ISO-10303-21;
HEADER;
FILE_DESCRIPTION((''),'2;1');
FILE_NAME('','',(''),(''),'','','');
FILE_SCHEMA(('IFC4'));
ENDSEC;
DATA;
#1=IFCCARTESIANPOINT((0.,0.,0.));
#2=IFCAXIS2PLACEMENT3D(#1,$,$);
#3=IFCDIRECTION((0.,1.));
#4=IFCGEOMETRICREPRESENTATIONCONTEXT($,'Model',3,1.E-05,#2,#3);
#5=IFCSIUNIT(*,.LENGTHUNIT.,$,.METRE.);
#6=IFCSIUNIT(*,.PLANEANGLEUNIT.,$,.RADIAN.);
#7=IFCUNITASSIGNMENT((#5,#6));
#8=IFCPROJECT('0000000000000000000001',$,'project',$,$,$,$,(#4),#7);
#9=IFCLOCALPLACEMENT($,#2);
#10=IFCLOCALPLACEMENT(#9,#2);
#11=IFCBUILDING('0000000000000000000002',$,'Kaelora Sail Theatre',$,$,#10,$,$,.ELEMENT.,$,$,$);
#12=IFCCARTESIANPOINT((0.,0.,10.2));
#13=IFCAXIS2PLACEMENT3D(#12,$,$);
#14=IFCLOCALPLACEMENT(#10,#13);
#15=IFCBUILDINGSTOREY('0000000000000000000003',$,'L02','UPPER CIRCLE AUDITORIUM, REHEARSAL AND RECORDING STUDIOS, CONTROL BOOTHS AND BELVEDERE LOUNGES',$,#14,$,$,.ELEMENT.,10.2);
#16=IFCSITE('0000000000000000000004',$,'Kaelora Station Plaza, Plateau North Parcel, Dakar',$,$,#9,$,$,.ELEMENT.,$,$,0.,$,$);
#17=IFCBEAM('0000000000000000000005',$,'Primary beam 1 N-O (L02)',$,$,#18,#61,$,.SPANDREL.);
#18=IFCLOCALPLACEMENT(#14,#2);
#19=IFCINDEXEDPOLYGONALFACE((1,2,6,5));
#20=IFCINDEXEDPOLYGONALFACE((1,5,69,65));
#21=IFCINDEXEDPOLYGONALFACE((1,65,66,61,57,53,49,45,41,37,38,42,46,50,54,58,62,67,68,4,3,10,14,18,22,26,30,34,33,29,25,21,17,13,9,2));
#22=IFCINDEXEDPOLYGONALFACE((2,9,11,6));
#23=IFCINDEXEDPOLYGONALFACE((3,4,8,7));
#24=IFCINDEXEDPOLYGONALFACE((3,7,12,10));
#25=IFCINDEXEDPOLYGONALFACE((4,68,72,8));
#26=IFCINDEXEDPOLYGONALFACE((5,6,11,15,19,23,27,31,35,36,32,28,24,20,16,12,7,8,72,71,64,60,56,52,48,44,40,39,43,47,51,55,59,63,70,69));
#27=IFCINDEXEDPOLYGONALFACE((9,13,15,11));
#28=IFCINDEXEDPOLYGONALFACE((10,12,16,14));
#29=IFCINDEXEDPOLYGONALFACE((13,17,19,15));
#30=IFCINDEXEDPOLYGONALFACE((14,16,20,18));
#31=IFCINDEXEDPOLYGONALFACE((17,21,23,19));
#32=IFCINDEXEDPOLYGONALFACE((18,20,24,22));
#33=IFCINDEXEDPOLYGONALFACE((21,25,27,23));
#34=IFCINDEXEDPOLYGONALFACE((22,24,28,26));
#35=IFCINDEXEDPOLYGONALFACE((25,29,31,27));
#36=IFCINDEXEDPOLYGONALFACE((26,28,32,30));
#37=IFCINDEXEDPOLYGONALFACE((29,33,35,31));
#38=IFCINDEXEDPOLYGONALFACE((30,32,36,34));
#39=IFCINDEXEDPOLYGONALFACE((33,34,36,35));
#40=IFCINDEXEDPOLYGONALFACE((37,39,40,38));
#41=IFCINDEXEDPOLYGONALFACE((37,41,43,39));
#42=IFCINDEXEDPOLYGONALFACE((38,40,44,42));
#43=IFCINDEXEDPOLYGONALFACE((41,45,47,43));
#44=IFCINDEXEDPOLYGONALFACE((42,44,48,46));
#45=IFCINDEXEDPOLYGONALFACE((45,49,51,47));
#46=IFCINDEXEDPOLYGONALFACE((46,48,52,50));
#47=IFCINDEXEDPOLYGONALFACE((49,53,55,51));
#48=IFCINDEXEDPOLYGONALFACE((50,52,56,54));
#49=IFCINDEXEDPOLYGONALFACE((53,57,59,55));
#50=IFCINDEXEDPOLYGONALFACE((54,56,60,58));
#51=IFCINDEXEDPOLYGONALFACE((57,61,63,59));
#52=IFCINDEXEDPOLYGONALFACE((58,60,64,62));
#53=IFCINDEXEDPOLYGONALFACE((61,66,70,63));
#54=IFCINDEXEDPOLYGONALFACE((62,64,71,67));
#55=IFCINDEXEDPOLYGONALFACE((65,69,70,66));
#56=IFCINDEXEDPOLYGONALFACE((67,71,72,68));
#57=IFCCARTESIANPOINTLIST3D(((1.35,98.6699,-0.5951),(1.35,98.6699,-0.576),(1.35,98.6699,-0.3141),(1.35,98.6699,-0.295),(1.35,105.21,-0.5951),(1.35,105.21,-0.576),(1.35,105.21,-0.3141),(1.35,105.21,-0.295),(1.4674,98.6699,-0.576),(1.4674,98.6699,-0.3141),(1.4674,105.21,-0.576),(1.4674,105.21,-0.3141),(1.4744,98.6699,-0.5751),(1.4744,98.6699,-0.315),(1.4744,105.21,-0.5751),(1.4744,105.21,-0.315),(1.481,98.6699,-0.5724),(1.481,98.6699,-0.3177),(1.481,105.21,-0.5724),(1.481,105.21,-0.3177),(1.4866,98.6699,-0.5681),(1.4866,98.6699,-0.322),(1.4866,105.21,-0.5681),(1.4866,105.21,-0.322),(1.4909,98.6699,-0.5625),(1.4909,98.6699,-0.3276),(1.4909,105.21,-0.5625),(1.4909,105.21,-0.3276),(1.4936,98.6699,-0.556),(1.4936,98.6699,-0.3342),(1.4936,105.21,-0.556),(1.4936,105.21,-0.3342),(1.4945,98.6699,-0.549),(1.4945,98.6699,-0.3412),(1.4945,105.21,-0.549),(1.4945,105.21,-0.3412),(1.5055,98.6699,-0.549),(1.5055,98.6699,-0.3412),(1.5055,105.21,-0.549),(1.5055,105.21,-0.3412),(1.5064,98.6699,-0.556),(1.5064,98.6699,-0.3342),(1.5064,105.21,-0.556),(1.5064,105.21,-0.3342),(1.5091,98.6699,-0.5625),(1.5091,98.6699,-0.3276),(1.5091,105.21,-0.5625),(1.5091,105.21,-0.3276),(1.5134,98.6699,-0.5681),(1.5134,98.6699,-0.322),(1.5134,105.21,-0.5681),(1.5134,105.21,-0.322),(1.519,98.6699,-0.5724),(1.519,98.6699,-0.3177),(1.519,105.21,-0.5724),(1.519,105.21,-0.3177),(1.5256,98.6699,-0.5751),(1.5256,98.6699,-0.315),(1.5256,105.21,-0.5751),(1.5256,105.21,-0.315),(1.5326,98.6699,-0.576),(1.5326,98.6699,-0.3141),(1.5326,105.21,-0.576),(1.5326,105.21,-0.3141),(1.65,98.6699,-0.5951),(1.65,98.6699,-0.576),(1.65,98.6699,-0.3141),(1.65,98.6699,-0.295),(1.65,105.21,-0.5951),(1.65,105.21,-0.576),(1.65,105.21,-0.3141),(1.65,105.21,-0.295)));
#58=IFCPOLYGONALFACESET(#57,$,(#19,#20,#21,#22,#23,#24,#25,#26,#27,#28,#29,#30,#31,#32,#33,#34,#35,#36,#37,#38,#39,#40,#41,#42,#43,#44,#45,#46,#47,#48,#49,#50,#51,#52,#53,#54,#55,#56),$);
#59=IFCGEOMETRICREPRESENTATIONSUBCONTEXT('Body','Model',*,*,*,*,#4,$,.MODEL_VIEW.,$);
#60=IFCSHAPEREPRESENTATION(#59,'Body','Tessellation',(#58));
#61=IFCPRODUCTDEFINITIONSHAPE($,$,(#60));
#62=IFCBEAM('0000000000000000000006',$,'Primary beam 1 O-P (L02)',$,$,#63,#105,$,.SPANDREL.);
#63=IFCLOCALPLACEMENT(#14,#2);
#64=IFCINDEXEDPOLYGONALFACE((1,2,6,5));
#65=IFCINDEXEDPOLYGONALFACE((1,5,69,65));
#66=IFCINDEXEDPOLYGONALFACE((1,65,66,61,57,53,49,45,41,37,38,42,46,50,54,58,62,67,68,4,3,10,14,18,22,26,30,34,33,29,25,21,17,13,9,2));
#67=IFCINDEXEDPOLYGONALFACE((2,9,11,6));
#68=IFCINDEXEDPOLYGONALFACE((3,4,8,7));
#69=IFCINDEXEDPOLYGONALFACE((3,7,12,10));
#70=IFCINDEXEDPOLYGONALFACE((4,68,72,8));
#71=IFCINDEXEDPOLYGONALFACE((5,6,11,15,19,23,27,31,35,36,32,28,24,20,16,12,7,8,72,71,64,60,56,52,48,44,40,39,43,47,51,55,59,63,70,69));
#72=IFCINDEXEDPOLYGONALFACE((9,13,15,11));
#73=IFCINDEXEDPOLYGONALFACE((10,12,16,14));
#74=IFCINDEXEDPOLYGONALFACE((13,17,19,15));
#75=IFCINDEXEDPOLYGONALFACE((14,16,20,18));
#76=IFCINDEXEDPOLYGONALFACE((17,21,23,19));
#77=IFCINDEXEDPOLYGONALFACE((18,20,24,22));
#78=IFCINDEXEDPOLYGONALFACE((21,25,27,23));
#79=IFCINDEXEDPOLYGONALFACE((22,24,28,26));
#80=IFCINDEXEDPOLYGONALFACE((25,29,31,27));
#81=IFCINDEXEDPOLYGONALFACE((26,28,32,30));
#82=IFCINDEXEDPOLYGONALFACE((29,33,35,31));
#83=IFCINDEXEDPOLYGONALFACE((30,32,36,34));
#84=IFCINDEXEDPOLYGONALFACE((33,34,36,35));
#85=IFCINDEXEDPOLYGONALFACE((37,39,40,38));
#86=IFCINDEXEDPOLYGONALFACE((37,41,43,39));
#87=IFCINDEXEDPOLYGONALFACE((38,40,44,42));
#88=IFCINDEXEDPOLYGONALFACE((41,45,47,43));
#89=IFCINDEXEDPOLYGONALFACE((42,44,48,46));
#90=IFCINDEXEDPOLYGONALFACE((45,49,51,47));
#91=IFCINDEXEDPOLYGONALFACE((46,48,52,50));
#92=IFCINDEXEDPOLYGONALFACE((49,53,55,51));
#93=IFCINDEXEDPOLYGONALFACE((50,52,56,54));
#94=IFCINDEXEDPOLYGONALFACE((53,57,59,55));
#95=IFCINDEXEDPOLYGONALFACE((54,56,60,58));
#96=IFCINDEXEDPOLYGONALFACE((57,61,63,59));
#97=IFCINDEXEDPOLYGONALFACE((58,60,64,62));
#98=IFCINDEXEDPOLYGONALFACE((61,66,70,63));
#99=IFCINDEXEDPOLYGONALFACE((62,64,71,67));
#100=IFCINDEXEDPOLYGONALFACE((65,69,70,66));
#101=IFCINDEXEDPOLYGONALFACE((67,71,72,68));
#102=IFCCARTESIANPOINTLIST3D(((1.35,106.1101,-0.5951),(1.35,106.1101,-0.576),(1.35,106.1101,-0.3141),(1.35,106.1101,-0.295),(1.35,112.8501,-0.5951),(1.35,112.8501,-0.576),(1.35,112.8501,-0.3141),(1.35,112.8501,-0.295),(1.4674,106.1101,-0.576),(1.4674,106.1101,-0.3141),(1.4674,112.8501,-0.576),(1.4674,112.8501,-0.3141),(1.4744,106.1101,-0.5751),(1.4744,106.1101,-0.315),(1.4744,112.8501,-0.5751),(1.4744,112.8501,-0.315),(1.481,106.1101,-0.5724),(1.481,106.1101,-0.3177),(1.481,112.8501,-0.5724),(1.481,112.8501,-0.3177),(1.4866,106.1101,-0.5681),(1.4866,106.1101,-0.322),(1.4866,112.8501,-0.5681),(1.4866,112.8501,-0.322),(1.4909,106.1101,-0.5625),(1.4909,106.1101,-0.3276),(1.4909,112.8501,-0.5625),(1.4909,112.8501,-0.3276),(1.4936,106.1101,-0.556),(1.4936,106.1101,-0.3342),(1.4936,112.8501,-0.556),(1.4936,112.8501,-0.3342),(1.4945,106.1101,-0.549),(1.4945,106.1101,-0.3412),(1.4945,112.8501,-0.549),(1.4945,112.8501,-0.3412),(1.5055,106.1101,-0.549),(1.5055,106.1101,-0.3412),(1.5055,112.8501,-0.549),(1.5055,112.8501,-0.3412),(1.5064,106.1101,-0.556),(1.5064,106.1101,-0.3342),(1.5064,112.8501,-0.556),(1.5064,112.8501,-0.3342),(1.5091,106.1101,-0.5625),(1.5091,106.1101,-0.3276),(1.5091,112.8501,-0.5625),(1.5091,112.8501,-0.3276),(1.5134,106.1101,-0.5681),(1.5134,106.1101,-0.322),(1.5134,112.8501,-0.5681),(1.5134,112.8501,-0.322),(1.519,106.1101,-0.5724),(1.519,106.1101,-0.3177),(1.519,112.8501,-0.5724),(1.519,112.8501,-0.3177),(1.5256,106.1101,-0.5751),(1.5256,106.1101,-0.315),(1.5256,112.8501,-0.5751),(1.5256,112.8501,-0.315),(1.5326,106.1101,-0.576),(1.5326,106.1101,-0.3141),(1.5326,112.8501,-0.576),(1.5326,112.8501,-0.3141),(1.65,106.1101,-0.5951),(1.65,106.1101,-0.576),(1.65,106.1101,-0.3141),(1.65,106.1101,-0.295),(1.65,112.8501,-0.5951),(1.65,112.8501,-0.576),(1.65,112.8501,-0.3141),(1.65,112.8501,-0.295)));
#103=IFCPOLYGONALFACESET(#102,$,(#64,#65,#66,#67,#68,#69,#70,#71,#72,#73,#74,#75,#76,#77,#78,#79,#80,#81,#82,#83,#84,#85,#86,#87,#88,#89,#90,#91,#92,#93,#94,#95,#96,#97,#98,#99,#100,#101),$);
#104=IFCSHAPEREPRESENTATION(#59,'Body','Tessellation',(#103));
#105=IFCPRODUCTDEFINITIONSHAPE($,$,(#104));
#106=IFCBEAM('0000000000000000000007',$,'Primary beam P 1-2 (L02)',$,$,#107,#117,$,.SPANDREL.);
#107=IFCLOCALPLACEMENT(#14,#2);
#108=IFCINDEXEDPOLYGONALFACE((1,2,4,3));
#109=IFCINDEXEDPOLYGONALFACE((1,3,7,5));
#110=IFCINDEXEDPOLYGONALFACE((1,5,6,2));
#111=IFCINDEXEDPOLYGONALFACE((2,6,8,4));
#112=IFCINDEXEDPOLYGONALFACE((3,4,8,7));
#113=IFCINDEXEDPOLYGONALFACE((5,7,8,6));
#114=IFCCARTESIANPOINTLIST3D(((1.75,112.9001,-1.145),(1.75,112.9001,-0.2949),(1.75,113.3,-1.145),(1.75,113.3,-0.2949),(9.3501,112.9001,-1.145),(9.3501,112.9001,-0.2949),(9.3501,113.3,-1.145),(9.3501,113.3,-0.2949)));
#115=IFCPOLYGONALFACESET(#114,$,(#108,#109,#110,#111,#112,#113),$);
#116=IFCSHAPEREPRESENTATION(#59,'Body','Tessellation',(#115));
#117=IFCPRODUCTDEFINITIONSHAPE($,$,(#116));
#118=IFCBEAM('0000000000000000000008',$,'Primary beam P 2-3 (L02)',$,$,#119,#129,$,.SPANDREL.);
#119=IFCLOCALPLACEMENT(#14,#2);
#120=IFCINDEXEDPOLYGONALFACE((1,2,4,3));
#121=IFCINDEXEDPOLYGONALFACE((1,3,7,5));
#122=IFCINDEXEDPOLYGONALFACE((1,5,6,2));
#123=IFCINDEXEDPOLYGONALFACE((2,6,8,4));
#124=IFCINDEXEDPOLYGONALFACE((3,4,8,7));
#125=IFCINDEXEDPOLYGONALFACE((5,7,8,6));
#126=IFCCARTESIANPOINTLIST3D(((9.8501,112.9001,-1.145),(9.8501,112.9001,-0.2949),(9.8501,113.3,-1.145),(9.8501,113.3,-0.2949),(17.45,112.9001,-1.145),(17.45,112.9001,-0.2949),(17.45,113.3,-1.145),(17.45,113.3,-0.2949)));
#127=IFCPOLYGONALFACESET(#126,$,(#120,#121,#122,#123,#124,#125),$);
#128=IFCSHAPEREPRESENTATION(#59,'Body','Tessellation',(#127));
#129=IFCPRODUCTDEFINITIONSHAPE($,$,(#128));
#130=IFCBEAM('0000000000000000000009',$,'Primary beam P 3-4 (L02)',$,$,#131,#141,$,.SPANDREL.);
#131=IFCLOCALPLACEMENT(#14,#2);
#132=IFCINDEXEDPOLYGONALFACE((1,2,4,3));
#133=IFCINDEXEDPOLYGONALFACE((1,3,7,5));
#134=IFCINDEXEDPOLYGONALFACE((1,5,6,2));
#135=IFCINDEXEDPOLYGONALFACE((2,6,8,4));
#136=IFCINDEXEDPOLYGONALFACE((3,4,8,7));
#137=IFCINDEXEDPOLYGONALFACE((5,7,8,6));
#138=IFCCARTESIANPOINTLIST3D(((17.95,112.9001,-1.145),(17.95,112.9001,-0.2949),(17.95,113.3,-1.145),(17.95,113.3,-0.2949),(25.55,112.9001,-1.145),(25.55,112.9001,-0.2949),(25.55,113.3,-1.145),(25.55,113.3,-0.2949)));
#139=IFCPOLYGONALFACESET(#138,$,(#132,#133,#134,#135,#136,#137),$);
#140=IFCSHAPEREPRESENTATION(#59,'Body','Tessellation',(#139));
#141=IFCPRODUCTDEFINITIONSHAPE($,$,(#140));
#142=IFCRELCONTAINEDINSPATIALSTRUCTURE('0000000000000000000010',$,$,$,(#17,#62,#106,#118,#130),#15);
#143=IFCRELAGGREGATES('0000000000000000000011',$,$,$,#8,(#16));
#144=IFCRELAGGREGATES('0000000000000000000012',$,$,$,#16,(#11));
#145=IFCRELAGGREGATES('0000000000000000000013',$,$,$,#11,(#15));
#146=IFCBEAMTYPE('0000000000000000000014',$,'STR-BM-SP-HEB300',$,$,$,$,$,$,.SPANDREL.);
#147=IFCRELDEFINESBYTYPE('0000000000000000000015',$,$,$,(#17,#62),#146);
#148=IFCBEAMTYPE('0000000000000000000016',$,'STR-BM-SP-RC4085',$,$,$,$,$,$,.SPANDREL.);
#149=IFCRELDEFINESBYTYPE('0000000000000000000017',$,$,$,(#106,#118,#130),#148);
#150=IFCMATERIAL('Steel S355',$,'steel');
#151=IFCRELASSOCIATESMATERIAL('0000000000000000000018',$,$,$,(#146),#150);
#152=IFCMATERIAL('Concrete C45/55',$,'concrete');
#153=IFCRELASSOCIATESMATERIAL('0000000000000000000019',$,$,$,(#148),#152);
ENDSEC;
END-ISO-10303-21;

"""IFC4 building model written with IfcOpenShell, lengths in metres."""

from ifc_helpers import new_model, si_unit, direction, frame, origin, origin_2d, place, context, subcontext, project, spatial, rectangle, i_section, extrude, material, material_profile, profile_set, type_object, element, save


model = new_model("IFC4")

# Units and contexts
model_context = context("Model", 3, precision=1e-05, world=origin(), true_north=direction((0.0, 1.0)))
body_context = subcontext(model_context, "Body", "Model", "MODEL_VIEW")
ifc_project = project(units=[si_unit("LENGTHUNIT", "METRE"), si_unit("PLANEANGLEUNIT", "RADIAN")], contexts=[model_context])

# Site, building, storey
site_placement = place(None, origin())
site = spatial("IfcSite", under=ifc_project, at=site_placement, Name="Kaelora Station Plaza, Plateau North Parcel, Dakar", CompositionType="ELEMENT", RefElevation=0.0)
building_placement = place(site_placement, origin())
building = spatial("IfcBuilding", under=site, at=building_placement, Name="Kaelora Sail Theatre", CompositionType="ELEMENT")
storey_placement = place(building_placement, frame((0.0, 0.0, 10.2)))
storey = spatial("IfcBuildingStorey", under=building, at=storey_placement, Name="L02", Description="UPPER CIRCLE AUDITORIUM, REHEARSAL AND RECORDING STUDIOS, CONTROL BOOTHS AND BELVEDERE LOUNGES", CompositionType="ELEMENT", Elevation=10.2)

# Beams
ifc_material_1 = material(Name="Steel S355", Category="steel")
ifc_material_profile_1 = material_profile(ifc_material_1, i_section(OverallWidth=0.3, OverallDepth=0.3, WebThickness=0.011, FlangeThickness=0.019, FilletRadius=0.0271, at=origin_2d()), Name="HEB 300")
ifc_profile_set_1 = profile_set([ifc_material_profile_1], Name="Steel S355")
beam_type_1 = type_object("IfcBeamType", Name="STR-BM-SP-HEB300", PredefinedType="SPANDREL", material=ifc_profile_set_1)
for number, where, z_axis, x_axis, name in (
    (1, (1.5, 98.6699, -0.4451), (0.0, 1.0, 0.0), (-1.0, 0.0, 0.0), "Primary beam 1 N-O (L02)"),
):
    element("IfcBeam", number, at=place(storey_placement, frame(where, z_axis=z_axis, x_axis=x_axis)), inside=storey, type_object=beam_type_1, Name=name, PredefinedType="SPANDREL", context=body_context, shape_type="SweptSolid", body=[
        extrude(i_section(OverallWidth=0.3, OverallDepth=0.3, WebThickness=0.011, FlangeThickness=0.019, FilletRadius=0.0271, at=origin_2d()), origin(), (0.0, 0.0, 1.0), 6.54),
    ])
beam_1_placement = place(storey_placement, frame((1.5, 106.1101, -0.4451), z_axis=(0.0, 1.0, 0.0), x_axis=(-1.0, 0.0, 0.0)))
element("IfcBeam", 2, at=beam_1_placement, inside=storey, type_object=beam_type_1, Name="Primary beam 1 O-P (L02)", PredefinedType="SPANDREL", context=body_context, shape_type="SweptSolid", body=[
    extrude(i_section(OverallWidth=0.3, OverallDepth=0.3, WebThickness=0.011, FlangeThickness=0.019, FilletRadius=0.0271, at=origin_2d()), origin(), (0.0, 0.0, 1.0), 6.74),
])
ifc_material_2 = material(Name="Concrete C45/55", Category="concrete")
ifc_material_profile_2 = material_profile(ifc_material_2, rectangle(XDim=0.3999, YDim=0.8501, at=origin_2d()), Name="RC-SPN 400x850")
ifc_profile_set_2 = profile_set([ifc_material_profile_2], Name="Concrete C45/55")
beam_type_2 = type_object("IfcBeamType", Name="STR-BM-SP-RC4085", PredefinedType="SPANDREL", material=ifc_profile_set_2)
beam_2_placement = place(storey_placement, frame((1.75, 113.1001, -0.72), z_axis=(1.0, 0.0, 0.0), x_axis=(0.0, 1.0, 0.0)))
element("IfcBeam", 3, at=beam_2_placement, inside=storey, type_object=beam_type_2, Name="Primary beam P 1-2 (L02)", PredefinedType="SPANDREL", context=body_context, shape_type="SweptSolid", body=[
    extrude(rectangle(XDim=0.3999, YDim=0.8501, at=origin_2d()), origin(), (0.0, 0.0, 1.0), 7.6001),
])
beam_3_placement = place(storey_placement, frame((9.8501, 113.1001, -0.72), z_axis=(1.0, 0.0, 0.0), x_axis=(0.0, 1.0, 0.0)))
element("IfcBeam", 4, at=beam_3_placement, inside=storey, type_object=beam_type_2, Name="Primary beam P 2-3 (L02)", PredefinedType="SPANDREL", context=body_context, shape_type="SweptSolid", body=[
    extrude(rectangle(XDim=0.3999, YDim=0.8501, at=origin_2d()), origin(), (0.0, 0.0, 1.0), 7.5999),
])
beam_4_placement = place(storey_placement, frame((17.95, 113.1001, -0.72), z_axis=(1.0, 0.0, 0.0), x_axis=(0.0, 1.0, 0.0)))
element("IfcBeam", 5, at=beam_4_placement, inside=storey, type_object=beam_type_2, Name="Primary beam P 3-4 (L02)", PredefinedType="SPANDREL", context=body_context, shape_type="SweptSolid", body=[
    extrude(rectangle(XDim=0.3999, YDim=0.8501, at=origin_2d()), origin(), (0.0, 0.0, 1.0), 7.6001),
])

save(model, "model.ifc")
